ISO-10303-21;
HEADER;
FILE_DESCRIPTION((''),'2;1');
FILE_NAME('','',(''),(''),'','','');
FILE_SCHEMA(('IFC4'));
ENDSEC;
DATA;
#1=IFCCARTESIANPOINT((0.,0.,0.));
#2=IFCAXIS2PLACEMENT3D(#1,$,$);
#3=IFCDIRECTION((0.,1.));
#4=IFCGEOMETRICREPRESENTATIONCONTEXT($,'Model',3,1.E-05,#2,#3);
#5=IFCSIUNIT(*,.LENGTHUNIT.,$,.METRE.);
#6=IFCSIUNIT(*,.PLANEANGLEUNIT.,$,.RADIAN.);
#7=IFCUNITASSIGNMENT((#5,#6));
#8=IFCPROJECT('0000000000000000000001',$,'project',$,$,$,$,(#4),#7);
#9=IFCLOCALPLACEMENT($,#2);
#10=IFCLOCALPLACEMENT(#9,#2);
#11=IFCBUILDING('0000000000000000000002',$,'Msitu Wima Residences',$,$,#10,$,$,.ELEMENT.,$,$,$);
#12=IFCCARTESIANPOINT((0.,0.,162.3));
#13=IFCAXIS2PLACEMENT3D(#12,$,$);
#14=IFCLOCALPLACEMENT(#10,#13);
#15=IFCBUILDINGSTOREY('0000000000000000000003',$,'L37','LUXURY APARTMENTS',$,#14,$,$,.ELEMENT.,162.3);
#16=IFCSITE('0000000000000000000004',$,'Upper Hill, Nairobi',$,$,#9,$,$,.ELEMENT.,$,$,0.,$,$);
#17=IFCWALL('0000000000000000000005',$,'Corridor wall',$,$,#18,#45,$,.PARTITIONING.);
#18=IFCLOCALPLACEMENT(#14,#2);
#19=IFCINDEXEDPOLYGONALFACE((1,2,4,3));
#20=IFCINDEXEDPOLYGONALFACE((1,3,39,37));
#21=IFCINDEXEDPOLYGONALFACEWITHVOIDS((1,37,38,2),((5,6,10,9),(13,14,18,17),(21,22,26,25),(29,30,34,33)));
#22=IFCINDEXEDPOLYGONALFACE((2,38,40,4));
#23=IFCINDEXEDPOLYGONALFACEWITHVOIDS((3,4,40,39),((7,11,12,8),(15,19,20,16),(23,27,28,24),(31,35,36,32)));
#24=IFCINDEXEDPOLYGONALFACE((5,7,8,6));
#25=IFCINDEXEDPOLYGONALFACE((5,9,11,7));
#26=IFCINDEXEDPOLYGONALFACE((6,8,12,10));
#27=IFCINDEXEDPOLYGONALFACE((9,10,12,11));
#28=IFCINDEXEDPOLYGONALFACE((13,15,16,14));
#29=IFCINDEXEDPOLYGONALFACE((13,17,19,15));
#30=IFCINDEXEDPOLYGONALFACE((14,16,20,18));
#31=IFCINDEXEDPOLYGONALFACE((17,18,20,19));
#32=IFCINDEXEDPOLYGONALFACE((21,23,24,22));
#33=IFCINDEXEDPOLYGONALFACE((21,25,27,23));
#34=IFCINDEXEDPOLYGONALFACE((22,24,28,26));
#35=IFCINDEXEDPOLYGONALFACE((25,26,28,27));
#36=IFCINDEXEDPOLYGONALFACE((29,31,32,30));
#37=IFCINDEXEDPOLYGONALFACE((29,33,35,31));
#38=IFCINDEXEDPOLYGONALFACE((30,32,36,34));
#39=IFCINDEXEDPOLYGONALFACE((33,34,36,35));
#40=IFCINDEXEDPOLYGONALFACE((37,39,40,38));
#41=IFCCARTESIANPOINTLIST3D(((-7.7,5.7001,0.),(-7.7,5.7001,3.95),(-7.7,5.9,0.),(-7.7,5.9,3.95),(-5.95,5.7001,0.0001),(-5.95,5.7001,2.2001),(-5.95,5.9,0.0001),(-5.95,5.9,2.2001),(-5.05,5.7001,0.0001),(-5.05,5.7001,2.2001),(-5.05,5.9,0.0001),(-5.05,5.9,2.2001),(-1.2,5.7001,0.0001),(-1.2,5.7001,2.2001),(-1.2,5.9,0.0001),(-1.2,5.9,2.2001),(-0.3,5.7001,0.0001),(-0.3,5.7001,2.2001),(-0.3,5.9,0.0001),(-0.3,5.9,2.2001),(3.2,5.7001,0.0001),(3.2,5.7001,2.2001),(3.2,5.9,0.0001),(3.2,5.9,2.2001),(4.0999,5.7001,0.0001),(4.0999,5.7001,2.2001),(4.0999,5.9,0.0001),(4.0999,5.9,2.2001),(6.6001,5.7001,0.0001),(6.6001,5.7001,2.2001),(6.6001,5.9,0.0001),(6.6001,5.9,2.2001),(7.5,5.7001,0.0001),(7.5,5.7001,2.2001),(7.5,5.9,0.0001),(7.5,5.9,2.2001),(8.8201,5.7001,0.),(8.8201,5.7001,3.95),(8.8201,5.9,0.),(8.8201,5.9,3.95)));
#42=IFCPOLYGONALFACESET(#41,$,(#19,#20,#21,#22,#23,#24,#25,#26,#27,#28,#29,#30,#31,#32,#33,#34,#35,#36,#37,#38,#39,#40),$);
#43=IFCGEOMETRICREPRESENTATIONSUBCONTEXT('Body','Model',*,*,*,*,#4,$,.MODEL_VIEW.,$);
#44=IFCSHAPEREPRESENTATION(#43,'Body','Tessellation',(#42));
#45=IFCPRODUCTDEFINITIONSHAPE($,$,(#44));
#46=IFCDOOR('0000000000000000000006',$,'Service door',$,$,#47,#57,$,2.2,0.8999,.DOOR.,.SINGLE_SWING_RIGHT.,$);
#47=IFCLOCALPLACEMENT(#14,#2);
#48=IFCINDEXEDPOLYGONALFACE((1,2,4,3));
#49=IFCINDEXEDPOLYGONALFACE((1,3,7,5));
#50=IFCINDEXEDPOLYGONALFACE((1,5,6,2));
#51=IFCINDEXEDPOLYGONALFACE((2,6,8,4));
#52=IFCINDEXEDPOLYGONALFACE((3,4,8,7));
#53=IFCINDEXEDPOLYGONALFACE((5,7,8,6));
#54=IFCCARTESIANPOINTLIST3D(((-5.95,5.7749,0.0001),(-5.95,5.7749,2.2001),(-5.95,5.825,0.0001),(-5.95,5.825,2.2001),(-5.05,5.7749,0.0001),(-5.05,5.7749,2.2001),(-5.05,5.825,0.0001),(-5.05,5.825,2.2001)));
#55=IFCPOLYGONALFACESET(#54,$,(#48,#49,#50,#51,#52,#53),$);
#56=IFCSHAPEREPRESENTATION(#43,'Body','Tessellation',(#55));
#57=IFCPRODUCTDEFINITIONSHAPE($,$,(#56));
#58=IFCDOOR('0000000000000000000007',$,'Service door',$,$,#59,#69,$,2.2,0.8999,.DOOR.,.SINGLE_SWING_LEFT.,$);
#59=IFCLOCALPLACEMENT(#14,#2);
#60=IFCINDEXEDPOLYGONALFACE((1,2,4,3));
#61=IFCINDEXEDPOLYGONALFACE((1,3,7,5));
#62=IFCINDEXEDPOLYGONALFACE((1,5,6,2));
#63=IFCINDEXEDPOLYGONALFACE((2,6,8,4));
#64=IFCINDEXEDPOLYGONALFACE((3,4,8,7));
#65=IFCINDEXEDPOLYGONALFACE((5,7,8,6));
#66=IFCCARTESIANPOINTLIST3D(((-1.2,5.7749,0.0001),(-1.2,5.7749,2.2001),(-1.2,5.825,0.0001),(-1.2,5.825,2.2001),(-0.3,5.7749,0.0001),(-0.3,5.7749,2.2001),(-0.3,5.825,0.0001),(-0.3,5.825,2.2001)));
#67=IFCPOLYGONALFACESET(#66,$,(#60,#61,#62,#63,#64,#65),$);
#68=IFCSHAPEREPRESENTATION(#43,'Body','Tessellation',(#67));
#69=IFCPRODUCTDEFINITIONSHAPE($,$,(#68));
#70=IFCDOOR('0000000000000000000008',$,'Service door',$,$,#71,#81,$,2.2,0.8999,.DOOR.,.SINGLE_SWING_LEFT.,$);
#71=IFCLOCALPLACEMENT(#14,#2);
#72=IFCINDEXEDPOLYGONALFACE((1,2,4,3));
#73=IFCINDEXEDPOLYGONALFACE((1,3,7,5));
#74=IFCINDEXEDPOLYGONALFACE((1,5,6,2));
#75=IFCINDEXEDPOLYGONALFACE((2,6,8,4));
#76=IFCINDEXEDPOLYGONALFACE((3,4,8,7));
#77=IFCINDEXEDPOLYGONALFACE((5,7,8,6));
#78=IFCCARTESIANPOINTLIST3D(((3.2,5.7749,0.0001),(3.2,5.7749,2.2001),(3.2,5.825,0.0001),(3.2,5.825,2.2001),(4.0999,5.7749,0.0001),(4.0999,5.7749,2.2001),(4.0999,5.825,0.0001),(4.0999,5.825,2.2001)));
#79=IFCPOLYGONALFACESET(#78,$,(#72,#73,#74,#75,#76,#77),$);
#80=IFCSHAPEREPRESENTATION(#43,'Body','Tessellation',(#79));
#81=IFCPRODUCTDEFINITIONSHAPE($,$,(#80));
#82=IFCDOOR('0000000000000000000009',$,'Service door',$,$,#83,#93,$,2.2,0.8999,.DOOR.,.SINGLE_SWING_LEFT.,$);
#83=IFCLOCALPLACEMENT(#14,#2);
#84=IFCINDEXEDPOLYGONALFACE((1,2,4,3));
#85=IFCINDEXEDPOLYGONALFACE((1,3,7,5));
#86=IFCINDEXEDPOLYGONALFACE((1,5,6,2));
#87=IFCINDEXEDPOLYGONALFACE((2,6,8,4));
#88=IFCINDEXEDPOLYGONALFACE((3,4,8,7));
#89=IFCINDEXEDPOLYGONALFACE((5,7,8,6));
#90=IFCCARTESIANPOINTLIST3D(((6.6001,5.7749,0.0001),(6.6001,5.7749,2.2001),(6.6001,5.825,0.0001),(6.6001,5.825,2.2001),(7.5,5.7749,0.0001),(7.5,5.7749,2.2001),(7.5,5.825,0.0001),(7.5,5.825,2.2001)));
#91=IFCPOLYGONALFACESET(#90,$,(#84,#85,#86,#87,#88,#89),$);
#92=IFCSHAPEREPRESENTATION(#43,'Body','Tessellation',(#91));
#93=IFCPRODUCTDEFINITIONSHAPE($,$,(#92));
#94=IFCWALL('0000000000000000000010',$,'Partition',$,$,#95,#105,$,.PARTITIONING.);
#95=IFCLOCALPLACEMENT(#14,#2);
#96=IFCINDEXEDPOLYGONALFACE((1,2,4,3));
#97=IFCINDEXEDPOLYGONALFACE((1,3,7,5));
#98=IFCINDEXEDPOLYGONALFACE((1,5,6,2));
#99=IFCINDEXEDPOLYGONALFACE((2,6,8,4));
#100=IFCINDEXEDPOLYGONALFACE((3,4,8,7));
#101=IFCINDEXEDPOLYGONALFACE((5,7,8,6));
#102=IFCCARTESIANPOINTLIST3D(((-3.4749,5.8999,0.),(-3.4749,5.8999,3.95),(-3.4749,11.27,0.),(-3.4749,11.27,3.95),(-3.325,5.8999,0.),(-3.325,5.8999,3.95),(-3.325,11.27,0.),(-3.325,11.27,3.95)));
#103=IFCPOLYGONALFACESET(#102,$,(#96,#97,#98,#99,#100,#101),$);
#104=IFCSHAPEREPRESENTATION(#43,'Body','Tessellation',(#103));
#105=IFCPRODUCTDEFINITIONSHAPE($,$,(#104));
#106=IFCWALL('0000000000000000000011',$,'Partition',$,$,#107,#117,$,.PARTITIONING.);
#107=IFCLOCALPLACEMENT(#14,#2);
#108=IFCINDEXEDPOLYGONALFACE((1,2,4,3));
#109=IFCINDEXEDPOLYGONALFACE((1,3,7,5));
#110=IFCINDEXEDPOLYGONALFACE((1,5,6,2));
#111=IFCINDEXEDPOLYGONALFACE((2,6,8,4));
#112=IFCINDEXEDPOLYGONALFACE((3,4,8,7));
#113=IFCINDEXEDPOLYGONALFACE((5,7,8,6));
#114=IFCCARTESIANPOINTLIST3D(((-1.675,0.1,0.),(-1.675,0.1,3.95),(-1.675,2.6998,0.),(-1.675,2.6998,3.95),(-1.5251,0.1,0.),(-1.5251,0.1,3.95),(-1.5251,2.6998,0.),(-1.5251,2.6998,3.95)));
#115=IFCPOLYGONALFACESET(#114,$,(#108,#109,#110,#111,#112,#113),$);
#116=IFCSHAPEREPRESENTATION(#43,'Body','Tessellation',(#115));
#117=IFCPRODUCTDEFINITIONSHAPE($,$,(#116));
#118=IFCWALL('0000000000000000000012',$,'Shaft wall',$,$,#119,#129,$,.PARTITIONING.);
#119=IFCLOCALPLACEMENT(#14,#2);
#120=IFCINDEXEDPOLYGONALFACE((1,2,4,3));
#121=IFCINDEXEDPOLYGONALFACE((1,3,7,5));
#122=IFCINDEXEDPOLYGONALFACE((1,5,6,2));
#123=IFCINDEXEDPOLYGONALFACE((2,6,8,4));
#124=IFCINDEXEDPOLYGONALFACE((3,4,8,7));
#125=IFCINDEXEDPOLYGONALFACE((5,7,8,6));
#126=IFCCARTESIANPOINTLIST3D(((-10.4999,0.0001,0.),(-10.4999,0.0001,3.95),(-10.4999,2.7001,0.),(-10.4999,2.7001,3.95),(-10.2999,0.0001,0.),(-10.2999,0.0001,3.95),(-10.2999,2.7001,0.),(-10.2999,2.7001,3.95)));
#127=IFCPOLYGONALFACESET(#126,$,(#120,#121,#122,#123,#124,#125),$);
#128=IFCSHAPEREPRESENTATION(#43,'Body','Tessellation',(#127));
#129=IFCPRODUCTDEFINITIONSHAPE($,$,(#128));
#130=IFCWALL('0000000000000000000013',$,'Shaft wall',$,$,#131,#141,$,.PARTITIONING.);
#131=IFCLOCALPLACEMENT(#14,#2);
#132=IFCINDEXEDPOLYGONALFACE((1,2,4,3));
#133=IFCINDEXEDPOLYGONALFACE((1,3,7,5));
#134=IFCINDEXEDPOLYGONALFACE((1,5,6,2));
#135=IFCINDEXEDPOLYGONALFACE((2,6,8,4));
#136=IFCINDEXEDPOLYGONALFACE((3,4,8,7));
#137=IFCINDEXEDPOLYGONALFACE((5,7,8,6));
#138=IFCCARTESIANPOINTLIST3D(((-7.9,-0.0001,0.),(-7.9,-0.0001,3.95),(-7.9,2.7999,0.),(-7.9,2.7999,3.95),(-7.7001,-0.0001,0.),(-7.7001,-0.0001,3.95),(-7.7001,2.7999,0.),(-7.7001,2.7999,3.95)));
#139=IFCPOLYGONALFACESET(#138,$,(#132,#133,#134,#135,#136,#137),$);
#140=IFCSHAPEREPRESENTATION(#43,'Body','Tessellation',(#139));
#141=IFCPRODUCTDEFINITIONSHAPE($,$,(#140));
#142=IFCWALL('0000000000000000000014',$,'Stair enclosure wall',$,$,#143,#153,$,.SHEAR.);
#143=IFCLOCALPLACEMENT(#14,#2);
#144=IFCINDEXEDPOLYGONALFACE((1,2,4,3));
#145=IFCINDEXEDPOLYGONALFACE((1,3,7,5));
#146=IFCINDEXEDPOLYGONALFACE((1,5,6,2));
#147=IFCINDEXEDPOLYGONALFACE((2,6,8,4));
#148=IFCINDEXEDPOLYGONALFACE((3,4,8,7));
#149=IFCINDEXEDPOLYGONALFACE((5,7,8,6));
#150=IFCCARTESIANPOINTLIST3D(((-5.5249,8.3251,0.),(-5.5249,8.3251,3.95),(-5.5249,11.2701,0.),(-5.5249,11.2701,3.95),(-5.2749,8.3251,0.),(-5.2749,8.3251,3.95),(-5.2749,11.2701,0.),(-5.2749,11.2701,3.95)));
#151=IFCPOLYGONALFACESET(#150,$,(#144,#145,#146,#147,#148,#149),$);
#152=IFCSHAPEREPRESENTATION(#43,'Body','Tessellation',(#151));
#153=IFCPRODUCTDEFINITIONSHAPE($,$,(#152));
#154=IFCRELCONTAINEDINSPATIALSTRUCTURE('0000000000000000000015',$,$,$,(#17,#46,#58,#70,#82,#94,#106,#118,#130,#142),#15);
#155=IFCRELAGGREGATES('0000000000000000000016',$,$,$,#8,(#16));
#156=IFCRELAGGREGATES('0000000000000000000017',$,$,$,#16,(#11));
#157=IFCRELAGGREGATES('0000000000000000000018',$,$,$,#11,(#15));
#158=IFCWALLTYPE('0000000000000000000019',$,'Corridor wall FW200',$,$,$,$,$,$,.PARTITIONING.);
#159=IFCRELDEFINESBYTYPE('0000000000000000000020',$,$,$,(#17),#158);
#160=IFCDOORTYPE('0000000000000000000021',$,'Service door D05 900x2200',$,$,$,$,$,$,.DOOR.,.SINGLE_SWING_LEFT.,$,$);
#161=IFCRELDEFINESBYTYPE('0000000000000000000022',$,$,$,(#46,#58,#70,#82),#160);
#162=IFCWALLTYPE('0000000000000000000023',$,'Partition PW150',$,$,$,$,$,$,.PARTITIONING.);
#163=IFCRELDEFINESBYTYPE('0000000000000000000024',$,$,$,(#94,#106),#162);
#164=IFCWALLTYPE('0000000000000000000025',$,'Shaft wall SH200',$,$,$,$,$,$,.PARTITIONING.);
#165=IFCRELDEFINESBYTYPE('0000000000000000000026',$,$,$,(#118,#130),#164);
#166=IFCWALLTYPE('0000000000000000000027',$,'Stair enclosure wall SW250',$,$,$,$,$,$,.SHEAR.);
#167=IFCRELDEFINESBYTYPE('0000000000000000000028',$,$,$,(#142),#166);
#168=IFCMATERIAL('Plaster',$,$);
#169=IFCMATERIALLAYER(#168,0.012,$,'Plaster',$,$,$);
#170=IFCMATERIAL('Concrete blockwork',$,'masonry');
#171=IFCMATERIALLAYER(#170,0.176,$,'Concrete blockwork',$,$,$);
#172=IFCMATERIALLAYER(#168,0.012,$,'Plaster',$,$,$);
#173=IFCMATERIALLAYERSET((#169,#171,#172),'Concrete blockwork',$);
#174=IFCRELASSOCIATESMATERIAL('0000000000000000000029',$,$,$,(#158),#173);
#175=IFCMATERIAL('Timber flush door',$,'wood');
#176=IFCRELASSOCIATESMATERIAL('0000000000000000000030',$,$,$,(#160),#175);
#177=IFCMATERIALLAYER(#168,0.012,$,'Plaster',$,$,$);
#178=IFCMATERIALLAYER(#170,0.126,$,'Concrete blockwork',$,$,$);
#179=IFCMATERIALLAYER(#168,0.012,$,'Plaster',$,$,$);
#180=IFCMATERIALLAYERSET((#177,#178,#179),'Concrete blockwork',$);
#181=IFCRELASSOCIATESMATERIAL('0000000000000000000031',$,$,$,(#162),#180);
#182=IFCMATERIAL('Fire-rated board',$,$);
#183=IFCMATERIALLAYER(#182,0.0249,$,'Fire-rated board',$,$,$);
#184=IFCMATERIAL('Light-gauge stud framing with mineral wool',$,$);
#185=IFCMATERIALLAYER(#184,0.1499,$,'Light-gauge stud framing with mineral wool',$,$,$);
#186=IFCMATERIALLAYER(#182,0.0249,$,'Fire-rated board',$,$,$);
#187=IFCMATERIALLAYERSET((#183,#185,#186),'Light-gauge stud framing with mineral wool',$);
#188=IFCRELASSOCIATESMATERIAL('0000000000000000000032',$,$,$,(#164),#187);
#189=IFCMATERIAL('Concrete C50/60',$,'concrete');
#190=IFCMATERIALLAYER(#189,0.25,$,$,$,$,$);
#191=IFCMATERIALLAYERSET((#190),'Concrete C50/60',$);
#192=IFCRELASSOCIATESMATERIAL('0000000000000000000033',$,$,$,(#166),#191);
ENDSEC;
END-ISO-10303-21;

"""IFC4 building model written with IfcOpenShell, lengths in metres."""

from ifc_helpers import new_model, si_unit, direction, frame, frame_2d, origin, place, context, subcontext, project, spatial, rectangle, extrude, material, layer, layer_set, type_object, element, fill, save


model = new_model("IFC4")

# Units and contexts
model_context = context("Model", 3, precision=1e-05, world=origin(), true_north=direction((0.0, 1.0)))
body_context = subcontext(model_context, "Body", "Model", "MODEL_VIEW")
ifc_project = project(units=[si_unit("LENGTHUNIT", "METRE"), si_unit("PLANEANGLEUNIT", "RADIAN")], contexts=[model_context])

# Site, building, storey
site_placement = place(None, origin())
site = spatial("IfcSite", under=ifc_project, at=site_placement, Name="Upper Hill, Nairobi", CompositionType="ELEMENT", RefElevation=0.0)
building_placement = place(site_placement, origin())
building = spatial("IfcBuilding", under=site, at=building_placement, Name="Msitu Wima Residences", CompositionType="ELEMENT")
storey_placement = place(building_placement, frame((0.0, 0.0, 162.3)))
storey = spatial("IfcBuildingStorey", under=building, at=storey_placement, Name="L37", Description="LUXURY APARTMENTS", CompositionType="ELEMENT", Elevation=162.3)

# Shared definitions
ifc_material_1 = material(Name="Plaster")
ifc_layer_1 = layer(ifc_material_1, 0.012, Name="Plaster")
ifc_material_2 = material(Name="Concrete blockwork", Category="masonry")
ifc_layer_2 = layer(ifc_material_2, 0.176, Name="Concrete blockwork")
ifc_layer_3 = layer(ifc_material_1, 0.012, Name="Plaster")
ifc_layer_set_1 = layer_set([ifc_layer_1, ifc_layer_2, ifc_layer_3], Name="Concrete blockwork")
wall_type_1 = type_object("IfcWallType", Name="Corridor wall FW200", PredefinedType="PARTITIONING", material=ifc_layer_set_1)
ifc_material_3 = material(Name="Timber flush door", Category="wood")
door_type_1 = type_object("IfcDoorType", Name="Service door D05 900x2200", OperationType="SINGLE_SWING_LEFT", PredefinedType="DOOR", material=ifc_material_3)

# Wall, openings, doors
wall_1_placement = place(storey_placement, frame((-7.7, 5.8, 0.0), z_axis=(0.0, 0.0, 1.0), x_axis=(1.0, 0.0, 0.0)))
wall_1 = element("IfcWall", 1, at=wall_1_placement, inside=storey, type_object=wall_type_1, Name="Corridor wall", PredefinedType="PARTITIONING", context=body_context, shape_type="SweptSolid", body=[
    extrude(rectangle(XDim=16.52, YDim=0.2, at=frame_2d((8.26, 0.0))), origin(), (0.0, 0.0, 1.0), 3.95),
])
opening_1_placement = place(wall_1_placement, frame((1.75, 0.0, 0.0)))
opening_1 = element("IfcOpeningElement", 2, at=opening_1_placement, cuts=wall_1, PredefinedType="OPENING", context=body_context, shape_type="SweptSolid", body=[
    extrude(rectangle(XDim=0.8999, YDim=2.2, at=frame_2d((0.45, 1.1001))), frame((0.0, 0.1099, 0.0), z_axis=(0.0, -1.0, 0.0), x_axis=(1.0, 0.0, 0.0)), (0.0, 0.0, 1.0), 0.22),
])
opening_2_placement = place(wall_1_placement, frame((6.5, 0.0, 0.0)))
opening_2 = element("IfcOpeningElement", 3, at=opening_2_placement, cuts=wall_1, PredefinedType="OPENING", context=body_context, shape_type="SweptSolid", body=[
    extrude(rectangle(XDim=0.8999, YDim=2.2, at=frame_2d((0.45, 1.1001))), frame((0.0, 0.1099, 0.0), z_axis=(0.0, -1.0, 0.0), x_axis=(1.0, 0.0, 0.0)), (0.0, 0.0, 1.0), 0.22),
])
opening_3_placement = place(wall_1_placement, frame((10.8999, 0.0, 0.0)))
opening_3 = element("IfcOpeningElement", 4, at=opening_3_placement, cuts=wall_1, PredefinedType="OPENING", context=body_context, shape_type="SweptSolid", body=[
    extrude(rectangle(XDim=0.8999, YDim=2.2, at=frame_2d((0.45, 1.1001))), frame((0.0, 0.1099, 0.0), z_axis=(0.0, -1.0, 0.0), x_axis=(1.0, 0.0, 0.0)), (0.0, 0.0, 1.0), 0.22),
])
opening_4_placement = place(wall_1_placement, frame((14.3, 0.0, 0.0)))
opening_4 = element("IfcOpeningElement", 5, at=opening_4_placement, cuts=wall_1, PredefinedType="OPENING", context=body_context, shape_type="SweptSolid", body=[
    extrude(rectangle(XDim=0.8999, YDim=2.2, at=frame_2d((0.45, 1.1001))), frame((0.0, 0.1099, 0.0), z_axis=(0.0, -1.0, 0.0), x_axis=(1.0, 0.0, 0.0)), (0.0, 0.0, 1.0), 0.22),
])
door_1_placement = place(opening_1_placement, origin())
door_1 = element("IfcDoor", 6, at=door_1_placement, inside=storey, type_object=door_type_1, Name="Service door", OperationType="SINGLE_SWING_RIGHT", OverallHeight=2.2, OverallWidth=0.8999, PredefinedType="DOOR", context=body_context, shape_type="SweptSolid", body=[
    extrude(rectangle(XDim=0.8999, YDim=2.2, at=frame_2d((0.45, 1.1001))), frame((0.0, 0.0249, 0.0), z_axis=(0.0, -1.0, 0.0), x_axis=(1.0, 0.0, 0.0)), (0.0, 0.0, 1.0), 0.05),
])
fill(opening_1, door_1)
door_2_placement = place(opening_2_placement, origin())
door_2 = element("IfcDoor", 7, at=door_2_placement, inside=storey, type_object=door_type_1, Name="Service door", OperationType="SINGLE_SWING_LEFT", OverallHeight=2.2, OverallWidth=0.8999, PredefinedType="DOOR", context=body_context, shape_type="SweptSolid", body=[
    extrude(rectangle(XDim=0.8999, YDim=2.2, at=frame_2d((0.45, 1.1001))), frame((0.0, 0.0249, 0.0), z_axis=(0.0, -1.0, 0.0), x_axis=(1.0, 0.0, 0.0)), (0.0, 0.0, 1.0), 0.05),
])
fill(opening_2, door_2)
door_3_placement = place(opening_3_placement, origin())
door_3 = element("IfcDoor", 8, at=door_3_placement, inside=storey, type_object=door_type_1, Name="Service door", OperationType="SINGLE_SWING_LEFT", OverallHeight=2.2, OverallWidth=0.8999, PredefinedType="DOOR", context=body_context, shape_type="SweptSolid", body=[
    extrude(rectangle(XDim=0.8999, YDim=2.2, at=frame_2d((0.45, 1.1001))), frame((0.0, 0.0249, 0.0), z_axis=(0.0, -1.0, 0.0), x_axis=(1.0, 0.0, 0.0)), (0.0, 0.0, 1.0), 0.05),
])
fill(opening_3, door_3)
door_4_placement = place(opening_4_placement, origin())
door_4 = element("IfcDoor", 9, at=door_4_placement, inside=storey, type_object=door_type_1, Name="Service door", OperationType="SINGLE_SWING_LEFT", OverallHeight=2.2, OverallWidth=0.8999, PredefinedType="DOOR", context=body_context, shape_type="SweptSolid", body=[
    extrude(rectangle(XDim=0.8999, YDim=2.2, at=frame_2d((0.45, 1.1001))), frame((0.0, 0.0249, 0.0), z_axis=(0.0, -1.0, 0.0), x_axis=(1.0, 0.0, 0.0)), (0.0, 0.0, 1.0), 0.05),
])
fill(opening_4, door_4)

# Walls
ifc_layer_4 = layer(ifc_material_1, 0.012, Name="Plaster")
ifc_layer_5 = layer(ifc_material_2, 0.126, Name="Concrete blockwork")
ifc_layer_6 = layer(ifc_material_1, 0.012, Name="Plaster")
ifc_layer_set_2 = layer_set([ifc_layer_4, ifc_layer_5, ifc_layer_6], Name="Concrete blockwork")
wall_type_2 = type_object("IfcWallType", Name="Partition PW150", PredefinedType="PARTITIONING", material=ifc_layer_set_2)
wall_2_placement = place(storey_placement, frame((-3.3999, 5.8999, 0.0), z_axis=(0.0, 0.0, 1.0), x_axis=(0.0, 1.0, 0.0)))
element("IfcWall", 10, at=wall_2_placement, inside=storey, type_object=wall_type_2, Name="Partition", PredefinedType="PARTITIONING", context=body_context, shape_type="SweptSolid", body=[
    extrude(rectangle(XDim=5.3701, YDim=0.1499, at=frame_2d((2.6851, 0.0))), origin(), (0.0, 0.0, 1.0), 3.95),
])
wall_3_placement = place(storey_placement, frame((-1.6001, 0.1001, 0.0), z_axis=(0.0, 0.0, 1.0), x_axis=(0.0, 1.0, 0.0)))
element("IfcWall", 11, at=wall_3_placement, inside=storey, type_object=wall_type_2, Name="Partition", PredefinedType="PARTITIONING", context=body_context, shape_type="SweptSolid", body=[
    extrude(rectangle(XDim=2.5999, YDim=0.1499, at=frame_2d((1.2998, 0.0))), origin(), (0.0, 0.0, 1.0), 3.95),
])
ifc_material_4 = material(Name="Fire-rated board")
ifc_layer_7 = layer(ifc_material_4, 0.0249, Name="Fire-rated board")
ifc_material_5 = material(Name="Light-gauge stud framing with mineral wool")
ifc_layer_8 = layer(ifc_material_5, 0.1499, Name="Light-gauge stud framing with mineral wool")
ifc_layer_9 = layer(ifc_material_4, 0.0249, Name="Fire-rated board")
ifc_layer_set_3 = layer_set([ifc_layer_7, ifc_layer_8, ifc_layer_9], Name="Light-gauge stud framing with mineral wool")
wall_type_3 = type_object("IfcWallType", Name="Shaft wall SH200", PredefinedType="PARTITIONING", material=ifc_layer_set_3)
wall_4_placement = place(storey_placement, frame((-10.3999, 0.0, 0.0), z_axis=(0.0, 0.0, 1.0), x_axis=(0.0, 1.0, 0.0)))
element("IfcWall", 12, at=wall_4_placement, inside=storey, type_object=wall_type_3, Name="Shaft wall", PredefinedType="PARTITIONING", context=body_context, shape_type="SweptSolid", body=[
    extrude(rectangle(XDim=2.7, YDim=0.2, at=frame_2d((1.3501, 0.0))), origin(), (0.0, 0.0, 1.0), 3.95),
])
wall_5_placement = place(storey_placement, frame((-7.8, 0.0, 0.0), z_axis=(0.0, 0.0, 1.0), x_axis=(0.0, 1.0, 0.0)))
element("IfcWall", 13, at=wall_5_placement, inside=storey, type_object=wall_type_3, Name="Shaft wall", PredefinedType="PARTITIONING", context=body_context, shape_type="SweptSolid", body=[
    extrude(rectangle(XDim=2.8, YDim=0.2, at=frame_2d((1.3999, 0.0))), origin(), (0.0, 0.0, 1.0), 3.95),
])
ifc_material_6 = material(Name="Concrete C50/60", Category="concrete")
ifc_layer_10 = layer(ifc_material_6, 0.25)
ifc_layer_set_4 = layer_set([ifc_layer_10], Name="Concrete C50/60")
wall_type_4 = type_object("IfcWallType", Name="Stair enclosure wall SW250", PredefinedType="SHEAR", material=ifc_layer_set_4)
wall_6_placement = place(storey_placement, frame((-5.3999, 8.325, 0.0), z_axis=(0.0, 0.0, 1.0), x_axis=(0.0, 1.0, 0.0)))
element("IfcWall", 14, at=wall_6_placement, inside=storey, type_object=wall_type_4, Name="Stair enclosure wall", PredefinedType="SHEAR", context=body_context, shape_type="SweptSolid", body=[
    extrude(rectangle(XDim=2.9451, YDim=0.25, at=frame_2d((1.4727, 0.0))), origin(), (0.0, 0.0, 1.0), 3.95),
])

save(model, "model.ifc")
